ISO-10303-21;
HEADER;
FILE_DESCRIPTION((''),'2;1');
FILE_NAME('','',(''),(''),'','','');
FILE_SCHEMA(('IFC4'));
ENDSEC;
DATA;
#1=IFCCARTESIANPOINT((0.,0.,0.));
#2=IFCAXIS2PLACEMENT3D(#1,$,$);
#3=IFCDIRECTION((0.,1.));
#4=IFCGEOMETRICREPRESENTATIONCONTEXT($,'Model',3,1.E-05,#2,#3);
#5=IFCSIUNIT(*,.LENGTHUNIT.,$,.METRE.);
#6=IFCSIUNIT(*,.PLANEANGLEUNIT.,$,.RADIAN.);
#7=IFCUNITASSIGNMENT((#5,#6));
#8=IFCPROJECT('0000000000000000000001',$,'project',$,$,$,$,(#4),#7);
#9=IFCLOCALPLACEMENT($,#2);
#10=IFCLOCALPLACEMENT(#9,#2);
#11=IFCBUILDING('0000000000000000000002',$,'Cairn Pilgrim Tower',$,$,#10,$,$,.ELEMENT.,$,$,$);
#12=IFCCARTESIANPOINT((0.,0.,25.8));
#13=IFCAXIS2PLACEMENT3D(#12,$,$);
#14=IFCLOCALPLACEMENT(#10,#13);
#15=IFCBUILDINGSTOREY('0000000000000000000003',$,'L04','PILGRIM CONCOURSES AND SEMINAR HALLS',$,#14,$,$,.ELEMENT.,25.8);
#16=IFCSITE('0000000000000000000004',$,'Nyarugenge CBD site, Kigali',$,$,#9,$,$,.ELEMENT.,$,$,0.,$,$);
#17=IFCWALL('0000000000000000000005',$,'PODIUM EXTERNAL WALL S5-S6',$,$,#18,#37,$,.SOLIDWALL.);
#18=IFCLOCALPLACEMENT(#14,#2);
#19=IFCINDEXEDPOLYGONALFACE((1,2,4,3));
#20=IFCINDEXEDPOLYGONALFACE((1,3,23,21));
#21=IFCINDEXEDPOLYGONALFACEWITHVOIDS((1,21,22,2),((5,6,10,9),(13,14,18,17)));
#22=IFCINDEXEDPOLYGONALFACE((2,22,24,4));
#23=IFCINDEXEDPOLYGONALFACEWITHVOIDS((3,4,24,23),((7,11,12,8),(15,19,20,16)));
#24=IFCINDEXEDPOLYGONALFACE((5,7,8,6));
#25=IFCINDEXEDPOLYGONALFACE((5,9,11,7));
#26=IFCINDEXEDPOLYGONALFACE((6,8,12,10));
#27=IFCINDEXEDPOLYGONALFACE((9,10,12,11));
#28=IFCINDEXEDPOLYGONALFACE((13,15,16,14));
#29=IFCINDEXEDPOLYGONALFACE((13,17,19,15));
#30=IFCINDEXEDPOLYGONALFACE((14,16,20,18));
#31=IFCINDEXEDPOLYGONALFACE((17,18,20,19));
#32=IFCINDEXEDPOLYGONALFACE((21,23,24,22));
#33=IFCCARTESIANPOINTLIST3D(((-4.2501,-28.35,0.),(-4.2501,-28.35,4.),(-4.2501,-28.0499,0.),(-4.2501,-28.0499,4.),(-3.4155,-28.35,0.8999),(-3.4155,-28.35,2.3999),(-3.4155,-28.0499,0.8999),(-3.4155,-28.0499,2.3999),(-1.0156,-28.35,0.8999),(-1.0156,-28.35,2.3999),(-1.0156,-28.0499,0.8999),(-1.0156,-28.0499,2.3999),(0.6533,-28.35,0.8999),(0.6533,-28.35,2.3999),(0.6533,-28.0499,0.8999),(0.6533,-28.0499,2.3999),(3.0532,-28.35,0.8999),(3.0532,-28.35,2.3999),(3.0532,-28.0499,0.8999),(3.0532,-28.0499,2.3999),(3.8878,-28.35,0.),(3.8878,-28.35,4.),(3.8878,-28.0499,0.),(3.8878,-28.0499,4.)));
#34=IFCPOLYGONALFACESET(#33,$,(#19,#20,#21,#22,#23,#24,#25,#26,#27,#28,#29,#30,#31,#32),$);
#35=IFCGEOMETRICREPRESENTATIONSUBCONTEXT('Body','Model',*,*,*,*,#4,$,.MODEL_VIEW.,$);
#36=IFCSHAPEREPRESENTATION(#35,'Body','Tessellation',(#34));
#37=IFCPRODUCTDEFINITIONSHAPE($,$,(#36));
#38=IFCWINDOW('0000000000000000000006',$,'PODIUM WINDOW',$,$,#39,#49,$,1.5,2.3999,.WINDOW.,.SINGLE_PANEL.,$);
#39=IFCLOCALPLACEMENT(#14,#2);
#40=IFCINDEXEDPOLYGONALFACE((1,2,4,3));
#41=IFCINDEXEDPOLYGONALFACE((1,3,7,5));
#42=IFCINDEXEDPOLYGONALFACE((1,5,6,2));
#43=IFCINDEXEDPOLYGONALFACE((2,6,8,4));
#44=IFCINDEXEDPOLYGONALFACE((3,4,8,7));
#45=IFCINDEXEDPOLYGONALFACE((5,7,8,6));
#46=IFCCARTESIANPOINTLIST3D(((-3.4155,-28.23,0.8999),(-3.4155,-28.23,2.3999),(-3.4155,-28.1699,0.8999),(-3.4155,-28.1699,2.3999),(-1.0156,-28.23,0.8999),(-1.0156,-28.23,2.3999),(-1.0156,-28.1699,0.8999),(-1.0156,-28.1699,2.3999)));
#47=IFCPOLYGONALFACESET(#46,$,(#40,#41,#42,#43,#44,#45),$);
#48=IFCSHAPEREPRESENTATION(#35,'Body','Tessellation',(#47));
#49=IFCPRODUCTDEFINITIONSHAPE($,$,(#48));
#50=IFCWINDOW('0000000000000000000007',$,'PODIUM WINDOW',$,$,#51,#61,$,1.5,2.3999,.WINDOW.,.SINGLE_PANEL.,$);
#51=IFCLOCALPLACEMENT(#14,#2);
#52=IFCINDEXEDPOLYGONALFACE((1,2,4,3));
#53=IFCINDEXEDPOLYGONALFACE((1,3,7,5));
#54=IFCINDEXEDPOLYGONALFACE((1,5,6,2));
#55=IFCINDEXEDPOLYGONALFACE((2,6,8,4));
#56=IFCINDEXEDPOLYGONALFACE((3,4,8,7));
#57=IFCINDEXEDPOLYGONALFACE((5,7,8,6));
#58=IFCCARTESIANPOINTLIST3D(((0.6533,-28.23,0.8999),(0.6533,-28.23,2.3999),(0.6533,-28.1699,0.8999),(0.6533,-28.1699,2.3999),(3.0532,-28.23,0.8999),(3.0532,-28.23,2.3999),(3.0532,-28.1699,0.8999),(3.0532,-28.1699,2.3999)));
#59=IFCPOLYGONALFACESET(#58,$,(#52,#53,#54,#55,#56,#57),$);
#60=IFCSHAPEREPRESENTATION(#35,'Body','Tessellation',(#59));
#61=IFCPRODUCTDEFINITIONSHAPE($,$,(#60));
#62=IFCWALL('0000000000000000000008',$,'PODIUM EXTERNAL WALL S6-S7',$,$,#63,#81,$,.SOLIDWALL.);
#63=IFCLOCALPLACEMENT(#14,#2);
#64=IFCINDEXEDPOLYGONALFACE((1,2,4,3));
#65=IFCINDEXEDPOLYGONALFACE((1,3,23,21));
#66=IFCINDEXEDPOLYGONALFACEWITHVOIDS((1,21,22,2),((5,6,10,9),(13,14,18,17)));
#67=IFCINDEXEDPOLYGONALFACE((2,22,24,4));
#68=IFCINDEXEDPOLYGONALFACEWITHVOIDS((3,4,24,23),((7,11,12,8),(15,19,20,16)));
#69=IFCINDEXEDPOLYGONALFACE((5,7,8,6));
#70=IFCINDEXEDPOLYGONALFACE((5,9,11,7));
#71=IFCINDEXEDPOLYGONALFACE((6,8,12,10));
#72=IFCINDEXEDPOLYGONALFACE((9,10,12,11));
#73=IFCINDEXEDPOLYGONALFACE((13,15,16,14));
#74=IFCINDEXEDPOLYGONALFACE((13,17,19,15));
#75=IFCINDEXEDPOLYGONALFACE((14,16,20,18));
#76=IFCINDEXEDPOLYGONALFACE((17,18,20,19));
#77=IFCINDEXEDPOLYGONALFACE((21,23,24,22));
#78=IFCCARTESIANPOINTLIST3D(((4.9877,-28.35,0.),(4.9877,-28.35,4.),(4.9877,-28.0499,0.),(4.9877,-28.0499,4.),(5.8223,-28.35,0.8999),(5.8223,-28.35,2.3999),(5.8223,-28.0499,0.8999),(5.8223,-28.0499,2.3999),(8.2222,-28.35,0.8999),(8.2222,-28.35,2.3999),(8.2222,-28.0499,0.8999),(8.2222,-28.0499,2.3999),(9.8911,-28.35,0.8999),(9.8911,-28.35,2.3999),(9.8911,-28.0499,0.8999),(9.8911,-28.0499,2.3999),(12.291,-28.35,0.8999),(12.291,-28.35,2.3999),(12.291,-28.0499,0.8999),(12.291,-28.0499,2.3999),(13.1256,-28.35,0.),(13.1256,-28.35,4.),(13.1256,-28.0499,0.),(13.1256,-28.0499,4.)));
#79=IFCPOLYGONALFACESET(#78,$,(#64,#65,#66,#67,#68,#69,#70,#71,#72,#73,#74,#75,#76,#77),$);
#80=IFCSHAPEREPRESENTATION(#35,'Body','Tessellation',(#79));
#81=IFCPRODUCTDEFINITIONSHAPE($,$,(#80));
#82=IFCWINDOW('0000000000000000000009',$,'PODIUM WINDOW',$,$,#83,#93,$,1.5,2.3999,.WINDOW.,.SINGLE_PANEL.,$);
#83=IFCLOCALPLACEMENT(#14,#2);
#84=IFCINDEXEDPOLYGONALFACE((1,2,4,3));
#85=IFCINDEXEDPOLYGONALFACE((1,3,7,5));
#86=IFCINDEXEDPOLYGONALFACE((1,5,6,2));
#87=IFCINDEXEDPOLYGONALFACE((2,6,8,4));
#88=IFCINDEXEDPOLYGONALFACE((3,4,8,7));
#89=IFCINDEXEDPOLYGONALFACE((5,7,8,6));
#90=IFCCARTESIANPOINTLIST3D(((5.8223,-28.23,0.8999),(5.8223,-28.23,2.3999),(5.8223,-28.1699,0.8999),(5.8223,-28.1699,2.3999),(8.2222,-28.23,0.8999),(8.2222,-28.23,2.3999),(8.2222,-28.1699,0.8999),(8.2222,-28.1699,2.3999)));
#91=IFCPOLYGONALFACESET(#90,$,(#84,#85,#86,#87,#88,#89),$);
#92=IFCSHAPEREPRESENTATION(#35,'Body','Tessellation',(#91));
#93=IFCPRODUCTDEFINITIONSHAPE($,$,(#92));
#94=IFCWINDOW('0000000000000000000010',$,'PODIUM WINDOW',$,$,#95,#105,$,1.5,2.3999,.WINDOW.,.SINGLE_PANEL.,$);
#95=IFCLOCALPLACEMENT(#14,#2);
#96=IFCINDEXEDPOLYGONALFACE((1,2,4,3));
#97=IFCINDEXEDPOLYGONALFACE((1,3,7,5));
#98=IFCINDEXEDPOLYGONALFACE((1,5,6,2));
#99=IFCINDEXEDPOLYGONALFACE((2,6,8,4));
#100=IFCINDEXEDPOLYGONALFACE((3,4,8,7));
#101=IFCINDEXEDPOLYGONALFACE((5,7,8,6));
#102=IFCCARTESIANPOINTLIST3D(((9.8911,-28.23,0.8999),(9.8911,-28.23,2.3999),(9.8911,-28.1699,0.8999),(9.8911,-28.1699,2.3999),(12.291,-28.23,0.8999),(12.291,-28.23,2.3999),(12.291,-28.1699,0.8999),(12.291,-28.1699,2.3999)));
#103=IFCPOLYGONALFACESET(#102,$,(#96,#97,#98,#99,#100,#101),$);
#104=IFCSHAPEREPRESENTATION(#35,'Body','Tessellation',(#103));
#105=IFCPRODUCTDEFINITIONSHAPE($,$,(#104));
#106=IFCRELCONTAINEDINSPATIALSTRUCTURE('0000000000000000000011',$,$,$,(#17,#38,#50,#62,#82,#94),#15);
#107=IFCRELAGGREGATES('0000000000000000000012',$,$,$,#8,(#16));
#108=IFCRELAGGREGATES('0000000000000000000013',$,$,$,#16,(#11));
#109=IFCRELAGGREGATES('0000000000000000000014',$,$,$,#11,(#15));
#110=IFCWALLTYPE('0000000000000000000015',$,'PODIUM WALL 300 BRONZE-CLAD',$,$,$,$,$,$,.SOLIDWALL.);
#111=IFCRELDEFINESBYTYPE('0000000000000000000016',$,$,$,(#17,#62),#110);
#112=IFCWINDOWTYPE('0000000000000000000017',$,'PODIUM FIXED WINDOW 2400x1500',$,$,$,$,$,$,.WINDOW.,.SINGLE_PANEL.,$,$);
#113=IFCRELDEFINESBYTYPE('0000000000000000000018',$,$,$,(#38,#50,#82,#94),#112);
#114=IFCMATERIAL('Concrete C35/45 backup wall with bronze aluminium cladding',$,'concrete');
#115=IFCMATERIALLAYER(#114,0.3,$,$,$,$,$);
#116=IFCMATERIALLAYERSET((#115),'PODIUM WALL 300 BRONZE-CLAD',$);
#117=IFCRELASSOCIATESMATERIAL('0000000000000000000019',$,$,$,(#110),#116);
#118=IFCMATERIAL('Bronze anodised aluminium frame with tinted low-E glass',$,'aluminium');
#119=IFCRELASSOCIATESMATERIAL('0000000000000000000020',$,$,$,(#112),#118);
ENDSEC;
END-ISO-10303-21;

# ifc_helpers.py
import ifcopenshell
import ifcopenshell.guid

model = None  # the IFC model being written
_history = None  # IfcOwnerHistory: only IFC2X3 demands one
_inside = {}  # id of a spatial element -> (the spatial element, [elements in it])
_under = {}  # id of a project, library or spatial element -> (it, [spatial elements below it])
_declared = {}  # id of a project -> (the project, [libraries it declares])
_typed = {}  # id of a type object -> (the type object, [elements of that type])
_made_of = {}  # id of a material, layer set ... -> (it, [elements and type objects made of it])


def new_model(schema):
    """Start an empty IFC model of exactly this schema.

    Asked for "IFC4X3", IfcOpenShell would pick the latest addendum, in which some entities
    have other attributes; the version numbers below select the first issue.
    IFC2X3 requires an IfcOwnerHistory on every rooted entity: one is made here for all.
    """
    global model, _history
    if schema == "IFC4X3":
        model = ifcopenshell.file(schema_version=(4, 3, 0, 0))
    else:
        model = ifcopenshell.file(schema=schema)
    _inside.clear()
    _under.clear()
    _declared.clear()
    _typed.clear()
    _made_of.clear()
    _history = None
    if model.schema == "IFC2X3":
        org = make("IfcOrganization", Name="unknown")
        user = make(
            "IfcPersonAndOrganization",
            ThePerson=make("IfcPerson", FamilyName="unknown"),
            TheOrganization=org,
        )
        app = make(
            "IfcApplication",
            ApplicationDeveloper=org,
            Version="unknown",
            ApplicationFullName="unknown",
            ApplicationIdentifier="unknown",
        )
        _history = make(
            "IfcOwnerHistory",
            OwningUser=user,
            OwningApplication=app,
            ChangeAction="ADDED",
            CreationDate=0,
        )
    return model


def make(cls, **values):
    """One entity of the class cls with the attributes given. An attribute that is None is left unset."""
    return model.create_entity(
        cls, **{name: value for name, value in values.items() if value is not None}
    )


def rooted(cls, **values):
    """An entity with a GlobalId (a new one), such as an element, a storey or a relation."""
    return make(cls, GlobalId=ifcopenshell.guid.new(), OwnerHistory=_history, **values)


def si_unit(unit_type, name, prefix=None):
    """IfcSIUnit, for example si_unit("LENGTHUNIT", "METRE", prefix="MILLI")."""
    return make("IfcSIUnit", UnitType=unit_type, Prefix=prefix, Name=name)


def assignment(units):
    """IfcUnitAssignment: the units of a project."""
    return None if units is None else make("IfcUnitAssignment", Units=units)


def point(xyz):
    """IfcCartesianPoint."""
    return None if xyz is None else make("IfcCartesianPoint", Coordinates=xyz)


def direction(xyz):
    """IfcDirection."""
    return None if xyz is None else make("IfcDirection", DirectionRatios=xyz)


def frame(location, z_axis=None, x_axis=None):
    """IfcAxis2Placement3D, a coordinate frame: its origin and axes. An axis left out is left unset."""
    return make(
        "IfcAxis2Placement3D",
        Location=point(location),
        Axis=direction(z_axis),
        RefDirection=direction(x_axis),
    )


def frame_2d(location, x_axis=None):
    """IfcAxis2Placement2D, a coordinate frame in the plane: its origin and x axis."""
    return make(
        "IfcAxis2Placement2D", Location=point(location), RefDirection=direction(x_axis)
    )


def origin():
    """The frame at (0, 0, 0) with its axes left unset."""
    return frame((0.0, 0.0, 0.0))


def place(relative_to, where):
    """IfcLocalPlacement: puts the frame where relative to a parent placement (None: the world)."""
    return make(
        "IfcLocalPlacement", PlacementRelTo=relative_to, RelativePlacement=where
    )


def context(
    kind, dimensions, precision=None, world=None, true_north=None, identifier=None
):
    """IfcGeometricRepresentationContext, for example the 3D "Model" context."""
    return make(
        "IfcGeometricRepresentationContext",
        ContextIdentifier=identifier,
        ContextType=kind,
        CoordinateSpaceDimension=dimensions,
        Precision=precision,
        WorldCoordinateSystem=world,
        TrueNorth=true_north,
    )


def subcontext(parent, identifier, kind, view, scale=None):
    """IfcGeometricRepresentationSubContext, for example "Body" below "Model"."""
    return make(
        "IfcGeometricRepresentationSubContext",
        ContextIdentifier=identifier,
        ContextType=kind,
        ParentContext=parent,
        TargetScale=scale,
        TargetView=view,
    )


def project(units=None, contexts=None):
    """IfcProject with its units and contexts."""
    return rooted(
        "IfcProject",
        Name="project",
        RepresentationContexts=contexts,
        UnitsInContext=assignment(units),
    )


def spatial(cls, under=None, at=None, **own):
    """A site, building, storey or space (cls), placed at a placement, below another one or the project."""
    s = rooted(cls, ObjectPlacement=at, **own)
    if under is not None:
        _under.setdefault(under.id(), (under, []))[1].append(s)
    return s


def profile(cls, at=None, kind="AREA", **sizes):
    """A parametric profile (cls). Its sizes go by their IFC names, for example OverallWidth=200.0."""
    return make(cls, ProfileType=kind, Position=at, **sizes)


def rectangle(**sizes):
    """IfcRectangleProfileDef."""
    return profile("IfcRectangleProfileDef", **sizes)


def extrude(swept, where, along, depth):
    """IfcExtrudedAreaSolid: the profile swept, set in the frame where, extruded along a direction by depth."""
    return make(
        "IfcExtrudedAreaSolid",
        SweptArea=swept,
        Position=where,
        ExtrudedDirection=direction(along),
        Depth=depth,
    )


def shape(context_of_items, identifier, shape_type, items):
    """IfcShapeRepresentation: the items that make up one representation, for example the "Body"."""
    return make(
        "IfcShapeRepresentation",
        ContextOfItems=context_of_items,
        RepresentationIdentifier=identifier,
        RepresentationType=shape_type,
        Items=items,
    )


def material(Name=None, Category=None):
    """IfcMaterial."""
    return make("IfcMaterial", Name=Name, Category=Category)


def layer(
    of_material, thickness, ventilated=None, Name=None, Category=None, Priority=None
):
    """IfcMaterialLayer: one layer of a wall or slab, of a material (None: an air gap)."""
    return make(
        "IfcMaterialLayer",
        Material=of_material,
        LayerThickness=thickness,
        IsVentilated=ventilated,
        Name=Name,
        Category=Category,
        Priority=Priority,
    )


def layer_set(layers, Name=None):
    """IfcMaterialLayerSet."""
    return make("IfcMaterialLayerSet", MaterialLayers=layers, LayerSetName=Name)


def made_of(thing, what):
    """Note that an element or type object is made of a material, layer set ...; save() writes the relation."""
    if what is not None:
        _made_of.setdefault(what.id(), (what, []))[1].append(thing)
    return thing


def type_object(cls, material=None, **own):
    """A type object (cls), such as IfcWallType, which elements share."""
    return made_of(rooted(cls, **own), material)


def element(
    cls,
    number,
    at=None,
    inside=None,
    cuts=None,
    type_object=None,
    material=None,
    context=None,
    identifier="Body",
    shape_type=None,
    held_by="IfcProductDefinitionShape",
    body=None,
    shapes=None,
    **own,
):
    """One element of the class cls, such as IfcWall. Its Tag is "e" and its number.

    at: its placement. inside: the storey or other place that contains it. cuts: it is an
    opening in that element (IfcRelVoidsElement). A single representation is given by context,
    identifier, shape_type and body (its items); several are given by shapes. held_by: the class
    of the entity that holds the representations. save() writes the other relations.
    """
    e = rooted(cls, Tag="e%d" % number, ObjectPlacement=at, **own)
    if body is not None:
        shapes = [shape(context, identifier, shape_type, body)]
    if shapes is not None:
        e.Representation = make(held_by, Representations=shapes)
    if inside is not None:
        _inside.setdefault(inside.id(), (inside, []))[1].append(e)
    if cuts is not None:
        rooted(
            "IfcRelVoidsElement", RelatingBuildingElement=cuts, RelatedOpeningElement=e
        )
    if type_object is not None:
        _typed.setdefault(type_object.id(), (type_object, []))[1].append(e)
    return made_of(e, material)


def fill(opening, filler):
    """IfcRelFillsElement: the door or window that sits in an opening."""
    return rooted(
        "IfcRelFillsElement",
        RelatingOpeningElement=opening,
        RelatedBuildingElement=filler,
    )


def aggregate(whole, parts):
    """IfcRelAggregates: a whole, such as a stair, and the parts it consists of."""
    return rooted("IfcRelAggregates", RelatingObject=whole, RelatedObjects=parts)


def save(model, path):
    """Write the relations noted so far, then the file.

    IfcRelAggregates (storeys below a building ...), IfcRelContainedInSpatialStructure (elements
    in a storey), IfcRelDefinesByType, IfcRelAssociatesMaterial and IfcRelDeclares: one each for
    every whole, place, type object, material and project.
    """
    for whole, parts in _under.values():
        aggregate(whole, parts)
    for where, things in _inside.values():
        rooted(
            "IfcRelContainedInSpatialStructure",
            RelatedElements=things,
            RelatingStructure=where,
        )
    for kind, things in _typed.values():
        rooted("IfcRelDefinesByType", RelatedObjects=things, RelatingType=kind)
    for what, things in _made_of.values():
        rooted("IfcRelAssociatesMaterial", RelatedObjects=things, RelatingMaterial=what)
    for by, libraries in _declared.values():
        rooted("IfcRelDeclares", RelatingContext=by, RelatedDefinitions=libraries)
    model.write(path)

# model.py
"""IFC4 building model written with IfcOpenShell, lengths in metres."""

from ifc_helpers import new_model, si_unit, direction, frame, frame_2d, origin, place, context, subcontext, project, spatial, rectangle, extrude, material, layer, layer_set, type_object, element, fill, save


model = new_model("IFC4")

# Units and contexts
model_context = context("Model", 3, precision=1e-05, world=origin(), true_north=direction((0.0, 1.0)))
body_context = subcontext(model_context, "Body", "Model", "MODEL_VIEW")
ifc_project = project(units=[si_unit("LENGTHUNIT", "METRE"), si_unit("PLANEANGLEUNIT", "RADIAN")], contexts=[model_context])

# Site, building, storey
site_placement = place(None, origin())
site = spatial("IfcSite", under=ifc_project, at=site_placement, Name="Nyarugenge CBD site, Kigali", CompositionType="ELEMENT", RefElevation=0.0)
building_placement = place(site_placement, origin())
building = spatial("IfcBuilding", under=site, at=building_placement, Name="Cairn Pilgrim Tower", CompositionType="ELEMENT")
storey_placement = place(building_placement, frame((0.0, 0.0, 25.8)))
storey = spatial("IfcBuildingStorey", under=building, at=storey_placement, Name="L04", Description="PILGRIM CONCOURSES AND SEMINAR HALLS", CompositionType="ELEMENT", Elevation=25.8)

# Walls, openings, windows
ifc_material_1 = material(Name="Concrete C35/45 backup wall with bronze aluminium cladding", Category="concrete")
ifc_layer_1 = layer(ifc_material_1, 0.3)
ifc_layer_set_1 = layer_set([ifc_layer_1], Name="PODIUM WALL 300 BRONZE-CLAD")
wall_type_1 = type_object("IfcWallType", Name="PODIUM WALL 300 BRONZE-CLAD", PredefinedType="SOLIDWALL", material=ifc_layer_set_1)
wall_1_placement = place(storey_placement, frame((-4.25, -28.2, 0.0), z_axis=(0.0, 0.0, 1.0), x_axis=(1.0, 0.0, 0.0)))
wall_1 = element("IfcWall", 1, at=wall_1_placement, inside=storey, type_object=wall_type_1, Name="PODIUM EXTERNAL WALL S5-S6", PredefinedType="SOLIDWALL", context=body_context, shape_type="SweptSolid", body=[
    extrude(rectangle(XDim=8.1379, YDim=0.3, at=frame_2d((4.0688, 0.0))), origin(), (0.0, 0.0, 1.0), 4.0),
])
opening_1_placement = place(wall_1_placement, frame((0.8345, 0.0, 0.8999)))
opening_1 = element("IfcOpeningElement", 2, at=opening_1_placement, cuts=wall_1, PredefinedType="OPENING", context=body_context, shape_type="SweptSolid", body=[
    extrude(rectangle(XDim=2.3999, YDim=1.5, at=frame_2d((1.2, 0.75))), frame((0.0, 0.1602, 0.0), z_axis=(0.0, -1.0, 0.0), x_axis=(1.0, 0.0, 0.0)), (0.0, 0.0, 1.0), 0.3201),
])
opening_2_placement = place(wall_1_placement, frame((4.9033, 0.0, 0.8999)))
opening_2 = element("IfcOpeningElement", 3, at=opening_2_placement, cuts=wall_1, PredefinedType="OPENING", context=body_context, shape_type="SweptSolid", body=[
    extrude(rectangle(XDim=2.3999, YDim=1.5, at=frame_2d((1.2, 0.75))), frame((0.0, 0.1602, 0.0), z_axis=(0.0, -1.0, 0.0), x_axis=(1.0, 0.0, 0.0)), (0.0, 0.0, 1.0), 0.3201),
])
ifc_material_2 = material(Name="Bronze anodised aluminium frame with tinted low-E glass", Category="aluminium")
window_type = type_object("IfcWindowType", Name="PODIUM FIXED WINDOW 2400x1500", PartitioningType="SINGLE_PANEL", PredefinedType="WINDOW", material=ifc_material_2)
window_1_placement = place(opening_1_placement, origin())
window_1 = element("IfcWindow", 4, at=window_1_placement, inside=storey, type_object=window_type, Name="PODIUM WINDOW", OverallHeight=1.5, OverallWidth=2.3999, PartitioningType="SINGLE_PANEL", PredefinedType="WINDOW", context=body_context, shape_type="SweptSolid", body=[
    extrude(rectangle(XDim=2.3999, YDim=1.5, at=frame_2d((1.2, 0.75))), frame((0.0, 0.03, 0.0), z_axis=(0.0, -1.0, 0.0), x_axis=(1.0, 0.0, 0.0)), (0.0, 0.0, 1.0), 0.0601),
])
fill(opening_1, window_1)
window_2_placement = place(opening_2_placement, origin())
window_2 = element("IfcWindow", 5, at=window_2_placement, inside=storey, type_object=window_type, Name="PODIUM WINDOW", OverallHeight=1.5, OverallWidth=2.3999, PartitioningType="SINGLE_PANEL", PredefinedType="WINDOW", context=body_context, shape_type="SweptSolid", body=[
    extrude(rectangle(XDim=2.3999, YDim=1.5, at=frame_2d((1.2, 0.75))), frame((0.0, 0.03, 0.0), z_axis=(0.0, -1.0, 0.0), x_axis=(1.0, 0.0, 0.0)), (0.0, 0.0, 1.0), 0.0601),
])
fill(opening_2, window_2)
wall_2_placement = place(storey_placement, frame((4.9878, -28.2, 0.0), z_axis=(0.0, 0.0, 1.0), x_axis=(1.0, 0.0, 0.0)))
wall_2 = element("IfcWall", 6, at=wall_2_placement, inside=storey, type_object=wall_type_1, Name="PODIUM EXTERNAL WALL S6-S7", PredefinedType="SOLIDWALL", context=body_context, shape_type="SweptSolid", body=[
    extrude(rectangle(XDim=8.1379, YDim=0.3, at=frame_2d((4.0688, 0.0))), origin(), (0.0, 0.0, 1.0), 4.0),
])
opening_3_placement = place(wall_2_placement, frame((0.8345, 0.0, 0.8999)))
opening_3 = element("IfcOpeningElement", 7, at=opening_3_placement, cuts=wall_2, PredefinedType="OPENING", context=body_context, shape_type="SweptSolid", body=[
    extrude(rectangle(XDim=2.3999, YDim=1.5, at=frame_2d((1.2, 0.75))), frame((0.0, 0.1602, 0.0), z_axis=(0.0, -1.0, 0.0), x_axis=(1.0, 0.0, 0.0)), (0.0, 0.0, 1.0), 0.3201),
])
opening_4_placement = place(wall_2_placement, frame((4.9033, 0.0, 0.8999)))
opening_4 = element("IfcOpeningElement", 8, at=opening_4_placement, cuts=wall_2, PredefinedType="OPENING", context=body_context, shape_type="SweptSolid", body=[
    extrude(rectangle(XDim=2.3999, YDim=1.5, at=frame_2d((1.2, 0.75))), frame((0.0, 0.1602, 0.0), z_axis=(0.0, -1.0, 0.0), x_axis=(1.0, 0.0, 0.0)), (0.0, 0.0, 1.0), 0.3201),
])
window_3_placement = place(opening_3_placement, origin())
window_3 = element("IfcWindow", 9, at=window_3_placement, inside=storey, type_object=window_type, Name="PODIUM WINDOW", OverallHeight=1.5, OverallWidth=2.3999, PartitioningType="SINGLE_PANEL", PredefinedType="WINDOW", context=body_context, shape_type="SweptSolid", body=[
    extrude(rectangle(XDim=2.3999, YDim=1.5, at=frame_2d((1.2, 0.75))), frame((0.0, 0.03, 0.0), z_axis=(0.0, -1.0, 0.0), x_axis=(1.0, 0.0, 0.0)), (0.0, 0.0, 1.0), 0.0601),
])
fill(opening_3, window_3)
window_4_placement = place(opening_4_placement, origin())
window_4 = element("IfcWindow", 10, at=window_4_placement, inside=storey, type_object=window_type, Name="PODIUM WINDOW", OverallHeight=1.5, OverallWidth=2.3999, PartitioningType="SINGLE_PANEL", PredefinedType="WINDOW", context=body_context, shape_type="SweptSolid", body=[
    extrude(rectangle(XDim=2.3999, YDim=1.5, at=frame_2d((1.2, 0.75))), frame((0.0, 0.03, 0.0), z_axis=(0.0, -1.0, 0.0), x_axis=(1.0, 0.0, 0.0)), (0.0, 0.0, 1.0), 0.0601),
])
fill(opening_4, window_4)

save(model, "model.ifc")
